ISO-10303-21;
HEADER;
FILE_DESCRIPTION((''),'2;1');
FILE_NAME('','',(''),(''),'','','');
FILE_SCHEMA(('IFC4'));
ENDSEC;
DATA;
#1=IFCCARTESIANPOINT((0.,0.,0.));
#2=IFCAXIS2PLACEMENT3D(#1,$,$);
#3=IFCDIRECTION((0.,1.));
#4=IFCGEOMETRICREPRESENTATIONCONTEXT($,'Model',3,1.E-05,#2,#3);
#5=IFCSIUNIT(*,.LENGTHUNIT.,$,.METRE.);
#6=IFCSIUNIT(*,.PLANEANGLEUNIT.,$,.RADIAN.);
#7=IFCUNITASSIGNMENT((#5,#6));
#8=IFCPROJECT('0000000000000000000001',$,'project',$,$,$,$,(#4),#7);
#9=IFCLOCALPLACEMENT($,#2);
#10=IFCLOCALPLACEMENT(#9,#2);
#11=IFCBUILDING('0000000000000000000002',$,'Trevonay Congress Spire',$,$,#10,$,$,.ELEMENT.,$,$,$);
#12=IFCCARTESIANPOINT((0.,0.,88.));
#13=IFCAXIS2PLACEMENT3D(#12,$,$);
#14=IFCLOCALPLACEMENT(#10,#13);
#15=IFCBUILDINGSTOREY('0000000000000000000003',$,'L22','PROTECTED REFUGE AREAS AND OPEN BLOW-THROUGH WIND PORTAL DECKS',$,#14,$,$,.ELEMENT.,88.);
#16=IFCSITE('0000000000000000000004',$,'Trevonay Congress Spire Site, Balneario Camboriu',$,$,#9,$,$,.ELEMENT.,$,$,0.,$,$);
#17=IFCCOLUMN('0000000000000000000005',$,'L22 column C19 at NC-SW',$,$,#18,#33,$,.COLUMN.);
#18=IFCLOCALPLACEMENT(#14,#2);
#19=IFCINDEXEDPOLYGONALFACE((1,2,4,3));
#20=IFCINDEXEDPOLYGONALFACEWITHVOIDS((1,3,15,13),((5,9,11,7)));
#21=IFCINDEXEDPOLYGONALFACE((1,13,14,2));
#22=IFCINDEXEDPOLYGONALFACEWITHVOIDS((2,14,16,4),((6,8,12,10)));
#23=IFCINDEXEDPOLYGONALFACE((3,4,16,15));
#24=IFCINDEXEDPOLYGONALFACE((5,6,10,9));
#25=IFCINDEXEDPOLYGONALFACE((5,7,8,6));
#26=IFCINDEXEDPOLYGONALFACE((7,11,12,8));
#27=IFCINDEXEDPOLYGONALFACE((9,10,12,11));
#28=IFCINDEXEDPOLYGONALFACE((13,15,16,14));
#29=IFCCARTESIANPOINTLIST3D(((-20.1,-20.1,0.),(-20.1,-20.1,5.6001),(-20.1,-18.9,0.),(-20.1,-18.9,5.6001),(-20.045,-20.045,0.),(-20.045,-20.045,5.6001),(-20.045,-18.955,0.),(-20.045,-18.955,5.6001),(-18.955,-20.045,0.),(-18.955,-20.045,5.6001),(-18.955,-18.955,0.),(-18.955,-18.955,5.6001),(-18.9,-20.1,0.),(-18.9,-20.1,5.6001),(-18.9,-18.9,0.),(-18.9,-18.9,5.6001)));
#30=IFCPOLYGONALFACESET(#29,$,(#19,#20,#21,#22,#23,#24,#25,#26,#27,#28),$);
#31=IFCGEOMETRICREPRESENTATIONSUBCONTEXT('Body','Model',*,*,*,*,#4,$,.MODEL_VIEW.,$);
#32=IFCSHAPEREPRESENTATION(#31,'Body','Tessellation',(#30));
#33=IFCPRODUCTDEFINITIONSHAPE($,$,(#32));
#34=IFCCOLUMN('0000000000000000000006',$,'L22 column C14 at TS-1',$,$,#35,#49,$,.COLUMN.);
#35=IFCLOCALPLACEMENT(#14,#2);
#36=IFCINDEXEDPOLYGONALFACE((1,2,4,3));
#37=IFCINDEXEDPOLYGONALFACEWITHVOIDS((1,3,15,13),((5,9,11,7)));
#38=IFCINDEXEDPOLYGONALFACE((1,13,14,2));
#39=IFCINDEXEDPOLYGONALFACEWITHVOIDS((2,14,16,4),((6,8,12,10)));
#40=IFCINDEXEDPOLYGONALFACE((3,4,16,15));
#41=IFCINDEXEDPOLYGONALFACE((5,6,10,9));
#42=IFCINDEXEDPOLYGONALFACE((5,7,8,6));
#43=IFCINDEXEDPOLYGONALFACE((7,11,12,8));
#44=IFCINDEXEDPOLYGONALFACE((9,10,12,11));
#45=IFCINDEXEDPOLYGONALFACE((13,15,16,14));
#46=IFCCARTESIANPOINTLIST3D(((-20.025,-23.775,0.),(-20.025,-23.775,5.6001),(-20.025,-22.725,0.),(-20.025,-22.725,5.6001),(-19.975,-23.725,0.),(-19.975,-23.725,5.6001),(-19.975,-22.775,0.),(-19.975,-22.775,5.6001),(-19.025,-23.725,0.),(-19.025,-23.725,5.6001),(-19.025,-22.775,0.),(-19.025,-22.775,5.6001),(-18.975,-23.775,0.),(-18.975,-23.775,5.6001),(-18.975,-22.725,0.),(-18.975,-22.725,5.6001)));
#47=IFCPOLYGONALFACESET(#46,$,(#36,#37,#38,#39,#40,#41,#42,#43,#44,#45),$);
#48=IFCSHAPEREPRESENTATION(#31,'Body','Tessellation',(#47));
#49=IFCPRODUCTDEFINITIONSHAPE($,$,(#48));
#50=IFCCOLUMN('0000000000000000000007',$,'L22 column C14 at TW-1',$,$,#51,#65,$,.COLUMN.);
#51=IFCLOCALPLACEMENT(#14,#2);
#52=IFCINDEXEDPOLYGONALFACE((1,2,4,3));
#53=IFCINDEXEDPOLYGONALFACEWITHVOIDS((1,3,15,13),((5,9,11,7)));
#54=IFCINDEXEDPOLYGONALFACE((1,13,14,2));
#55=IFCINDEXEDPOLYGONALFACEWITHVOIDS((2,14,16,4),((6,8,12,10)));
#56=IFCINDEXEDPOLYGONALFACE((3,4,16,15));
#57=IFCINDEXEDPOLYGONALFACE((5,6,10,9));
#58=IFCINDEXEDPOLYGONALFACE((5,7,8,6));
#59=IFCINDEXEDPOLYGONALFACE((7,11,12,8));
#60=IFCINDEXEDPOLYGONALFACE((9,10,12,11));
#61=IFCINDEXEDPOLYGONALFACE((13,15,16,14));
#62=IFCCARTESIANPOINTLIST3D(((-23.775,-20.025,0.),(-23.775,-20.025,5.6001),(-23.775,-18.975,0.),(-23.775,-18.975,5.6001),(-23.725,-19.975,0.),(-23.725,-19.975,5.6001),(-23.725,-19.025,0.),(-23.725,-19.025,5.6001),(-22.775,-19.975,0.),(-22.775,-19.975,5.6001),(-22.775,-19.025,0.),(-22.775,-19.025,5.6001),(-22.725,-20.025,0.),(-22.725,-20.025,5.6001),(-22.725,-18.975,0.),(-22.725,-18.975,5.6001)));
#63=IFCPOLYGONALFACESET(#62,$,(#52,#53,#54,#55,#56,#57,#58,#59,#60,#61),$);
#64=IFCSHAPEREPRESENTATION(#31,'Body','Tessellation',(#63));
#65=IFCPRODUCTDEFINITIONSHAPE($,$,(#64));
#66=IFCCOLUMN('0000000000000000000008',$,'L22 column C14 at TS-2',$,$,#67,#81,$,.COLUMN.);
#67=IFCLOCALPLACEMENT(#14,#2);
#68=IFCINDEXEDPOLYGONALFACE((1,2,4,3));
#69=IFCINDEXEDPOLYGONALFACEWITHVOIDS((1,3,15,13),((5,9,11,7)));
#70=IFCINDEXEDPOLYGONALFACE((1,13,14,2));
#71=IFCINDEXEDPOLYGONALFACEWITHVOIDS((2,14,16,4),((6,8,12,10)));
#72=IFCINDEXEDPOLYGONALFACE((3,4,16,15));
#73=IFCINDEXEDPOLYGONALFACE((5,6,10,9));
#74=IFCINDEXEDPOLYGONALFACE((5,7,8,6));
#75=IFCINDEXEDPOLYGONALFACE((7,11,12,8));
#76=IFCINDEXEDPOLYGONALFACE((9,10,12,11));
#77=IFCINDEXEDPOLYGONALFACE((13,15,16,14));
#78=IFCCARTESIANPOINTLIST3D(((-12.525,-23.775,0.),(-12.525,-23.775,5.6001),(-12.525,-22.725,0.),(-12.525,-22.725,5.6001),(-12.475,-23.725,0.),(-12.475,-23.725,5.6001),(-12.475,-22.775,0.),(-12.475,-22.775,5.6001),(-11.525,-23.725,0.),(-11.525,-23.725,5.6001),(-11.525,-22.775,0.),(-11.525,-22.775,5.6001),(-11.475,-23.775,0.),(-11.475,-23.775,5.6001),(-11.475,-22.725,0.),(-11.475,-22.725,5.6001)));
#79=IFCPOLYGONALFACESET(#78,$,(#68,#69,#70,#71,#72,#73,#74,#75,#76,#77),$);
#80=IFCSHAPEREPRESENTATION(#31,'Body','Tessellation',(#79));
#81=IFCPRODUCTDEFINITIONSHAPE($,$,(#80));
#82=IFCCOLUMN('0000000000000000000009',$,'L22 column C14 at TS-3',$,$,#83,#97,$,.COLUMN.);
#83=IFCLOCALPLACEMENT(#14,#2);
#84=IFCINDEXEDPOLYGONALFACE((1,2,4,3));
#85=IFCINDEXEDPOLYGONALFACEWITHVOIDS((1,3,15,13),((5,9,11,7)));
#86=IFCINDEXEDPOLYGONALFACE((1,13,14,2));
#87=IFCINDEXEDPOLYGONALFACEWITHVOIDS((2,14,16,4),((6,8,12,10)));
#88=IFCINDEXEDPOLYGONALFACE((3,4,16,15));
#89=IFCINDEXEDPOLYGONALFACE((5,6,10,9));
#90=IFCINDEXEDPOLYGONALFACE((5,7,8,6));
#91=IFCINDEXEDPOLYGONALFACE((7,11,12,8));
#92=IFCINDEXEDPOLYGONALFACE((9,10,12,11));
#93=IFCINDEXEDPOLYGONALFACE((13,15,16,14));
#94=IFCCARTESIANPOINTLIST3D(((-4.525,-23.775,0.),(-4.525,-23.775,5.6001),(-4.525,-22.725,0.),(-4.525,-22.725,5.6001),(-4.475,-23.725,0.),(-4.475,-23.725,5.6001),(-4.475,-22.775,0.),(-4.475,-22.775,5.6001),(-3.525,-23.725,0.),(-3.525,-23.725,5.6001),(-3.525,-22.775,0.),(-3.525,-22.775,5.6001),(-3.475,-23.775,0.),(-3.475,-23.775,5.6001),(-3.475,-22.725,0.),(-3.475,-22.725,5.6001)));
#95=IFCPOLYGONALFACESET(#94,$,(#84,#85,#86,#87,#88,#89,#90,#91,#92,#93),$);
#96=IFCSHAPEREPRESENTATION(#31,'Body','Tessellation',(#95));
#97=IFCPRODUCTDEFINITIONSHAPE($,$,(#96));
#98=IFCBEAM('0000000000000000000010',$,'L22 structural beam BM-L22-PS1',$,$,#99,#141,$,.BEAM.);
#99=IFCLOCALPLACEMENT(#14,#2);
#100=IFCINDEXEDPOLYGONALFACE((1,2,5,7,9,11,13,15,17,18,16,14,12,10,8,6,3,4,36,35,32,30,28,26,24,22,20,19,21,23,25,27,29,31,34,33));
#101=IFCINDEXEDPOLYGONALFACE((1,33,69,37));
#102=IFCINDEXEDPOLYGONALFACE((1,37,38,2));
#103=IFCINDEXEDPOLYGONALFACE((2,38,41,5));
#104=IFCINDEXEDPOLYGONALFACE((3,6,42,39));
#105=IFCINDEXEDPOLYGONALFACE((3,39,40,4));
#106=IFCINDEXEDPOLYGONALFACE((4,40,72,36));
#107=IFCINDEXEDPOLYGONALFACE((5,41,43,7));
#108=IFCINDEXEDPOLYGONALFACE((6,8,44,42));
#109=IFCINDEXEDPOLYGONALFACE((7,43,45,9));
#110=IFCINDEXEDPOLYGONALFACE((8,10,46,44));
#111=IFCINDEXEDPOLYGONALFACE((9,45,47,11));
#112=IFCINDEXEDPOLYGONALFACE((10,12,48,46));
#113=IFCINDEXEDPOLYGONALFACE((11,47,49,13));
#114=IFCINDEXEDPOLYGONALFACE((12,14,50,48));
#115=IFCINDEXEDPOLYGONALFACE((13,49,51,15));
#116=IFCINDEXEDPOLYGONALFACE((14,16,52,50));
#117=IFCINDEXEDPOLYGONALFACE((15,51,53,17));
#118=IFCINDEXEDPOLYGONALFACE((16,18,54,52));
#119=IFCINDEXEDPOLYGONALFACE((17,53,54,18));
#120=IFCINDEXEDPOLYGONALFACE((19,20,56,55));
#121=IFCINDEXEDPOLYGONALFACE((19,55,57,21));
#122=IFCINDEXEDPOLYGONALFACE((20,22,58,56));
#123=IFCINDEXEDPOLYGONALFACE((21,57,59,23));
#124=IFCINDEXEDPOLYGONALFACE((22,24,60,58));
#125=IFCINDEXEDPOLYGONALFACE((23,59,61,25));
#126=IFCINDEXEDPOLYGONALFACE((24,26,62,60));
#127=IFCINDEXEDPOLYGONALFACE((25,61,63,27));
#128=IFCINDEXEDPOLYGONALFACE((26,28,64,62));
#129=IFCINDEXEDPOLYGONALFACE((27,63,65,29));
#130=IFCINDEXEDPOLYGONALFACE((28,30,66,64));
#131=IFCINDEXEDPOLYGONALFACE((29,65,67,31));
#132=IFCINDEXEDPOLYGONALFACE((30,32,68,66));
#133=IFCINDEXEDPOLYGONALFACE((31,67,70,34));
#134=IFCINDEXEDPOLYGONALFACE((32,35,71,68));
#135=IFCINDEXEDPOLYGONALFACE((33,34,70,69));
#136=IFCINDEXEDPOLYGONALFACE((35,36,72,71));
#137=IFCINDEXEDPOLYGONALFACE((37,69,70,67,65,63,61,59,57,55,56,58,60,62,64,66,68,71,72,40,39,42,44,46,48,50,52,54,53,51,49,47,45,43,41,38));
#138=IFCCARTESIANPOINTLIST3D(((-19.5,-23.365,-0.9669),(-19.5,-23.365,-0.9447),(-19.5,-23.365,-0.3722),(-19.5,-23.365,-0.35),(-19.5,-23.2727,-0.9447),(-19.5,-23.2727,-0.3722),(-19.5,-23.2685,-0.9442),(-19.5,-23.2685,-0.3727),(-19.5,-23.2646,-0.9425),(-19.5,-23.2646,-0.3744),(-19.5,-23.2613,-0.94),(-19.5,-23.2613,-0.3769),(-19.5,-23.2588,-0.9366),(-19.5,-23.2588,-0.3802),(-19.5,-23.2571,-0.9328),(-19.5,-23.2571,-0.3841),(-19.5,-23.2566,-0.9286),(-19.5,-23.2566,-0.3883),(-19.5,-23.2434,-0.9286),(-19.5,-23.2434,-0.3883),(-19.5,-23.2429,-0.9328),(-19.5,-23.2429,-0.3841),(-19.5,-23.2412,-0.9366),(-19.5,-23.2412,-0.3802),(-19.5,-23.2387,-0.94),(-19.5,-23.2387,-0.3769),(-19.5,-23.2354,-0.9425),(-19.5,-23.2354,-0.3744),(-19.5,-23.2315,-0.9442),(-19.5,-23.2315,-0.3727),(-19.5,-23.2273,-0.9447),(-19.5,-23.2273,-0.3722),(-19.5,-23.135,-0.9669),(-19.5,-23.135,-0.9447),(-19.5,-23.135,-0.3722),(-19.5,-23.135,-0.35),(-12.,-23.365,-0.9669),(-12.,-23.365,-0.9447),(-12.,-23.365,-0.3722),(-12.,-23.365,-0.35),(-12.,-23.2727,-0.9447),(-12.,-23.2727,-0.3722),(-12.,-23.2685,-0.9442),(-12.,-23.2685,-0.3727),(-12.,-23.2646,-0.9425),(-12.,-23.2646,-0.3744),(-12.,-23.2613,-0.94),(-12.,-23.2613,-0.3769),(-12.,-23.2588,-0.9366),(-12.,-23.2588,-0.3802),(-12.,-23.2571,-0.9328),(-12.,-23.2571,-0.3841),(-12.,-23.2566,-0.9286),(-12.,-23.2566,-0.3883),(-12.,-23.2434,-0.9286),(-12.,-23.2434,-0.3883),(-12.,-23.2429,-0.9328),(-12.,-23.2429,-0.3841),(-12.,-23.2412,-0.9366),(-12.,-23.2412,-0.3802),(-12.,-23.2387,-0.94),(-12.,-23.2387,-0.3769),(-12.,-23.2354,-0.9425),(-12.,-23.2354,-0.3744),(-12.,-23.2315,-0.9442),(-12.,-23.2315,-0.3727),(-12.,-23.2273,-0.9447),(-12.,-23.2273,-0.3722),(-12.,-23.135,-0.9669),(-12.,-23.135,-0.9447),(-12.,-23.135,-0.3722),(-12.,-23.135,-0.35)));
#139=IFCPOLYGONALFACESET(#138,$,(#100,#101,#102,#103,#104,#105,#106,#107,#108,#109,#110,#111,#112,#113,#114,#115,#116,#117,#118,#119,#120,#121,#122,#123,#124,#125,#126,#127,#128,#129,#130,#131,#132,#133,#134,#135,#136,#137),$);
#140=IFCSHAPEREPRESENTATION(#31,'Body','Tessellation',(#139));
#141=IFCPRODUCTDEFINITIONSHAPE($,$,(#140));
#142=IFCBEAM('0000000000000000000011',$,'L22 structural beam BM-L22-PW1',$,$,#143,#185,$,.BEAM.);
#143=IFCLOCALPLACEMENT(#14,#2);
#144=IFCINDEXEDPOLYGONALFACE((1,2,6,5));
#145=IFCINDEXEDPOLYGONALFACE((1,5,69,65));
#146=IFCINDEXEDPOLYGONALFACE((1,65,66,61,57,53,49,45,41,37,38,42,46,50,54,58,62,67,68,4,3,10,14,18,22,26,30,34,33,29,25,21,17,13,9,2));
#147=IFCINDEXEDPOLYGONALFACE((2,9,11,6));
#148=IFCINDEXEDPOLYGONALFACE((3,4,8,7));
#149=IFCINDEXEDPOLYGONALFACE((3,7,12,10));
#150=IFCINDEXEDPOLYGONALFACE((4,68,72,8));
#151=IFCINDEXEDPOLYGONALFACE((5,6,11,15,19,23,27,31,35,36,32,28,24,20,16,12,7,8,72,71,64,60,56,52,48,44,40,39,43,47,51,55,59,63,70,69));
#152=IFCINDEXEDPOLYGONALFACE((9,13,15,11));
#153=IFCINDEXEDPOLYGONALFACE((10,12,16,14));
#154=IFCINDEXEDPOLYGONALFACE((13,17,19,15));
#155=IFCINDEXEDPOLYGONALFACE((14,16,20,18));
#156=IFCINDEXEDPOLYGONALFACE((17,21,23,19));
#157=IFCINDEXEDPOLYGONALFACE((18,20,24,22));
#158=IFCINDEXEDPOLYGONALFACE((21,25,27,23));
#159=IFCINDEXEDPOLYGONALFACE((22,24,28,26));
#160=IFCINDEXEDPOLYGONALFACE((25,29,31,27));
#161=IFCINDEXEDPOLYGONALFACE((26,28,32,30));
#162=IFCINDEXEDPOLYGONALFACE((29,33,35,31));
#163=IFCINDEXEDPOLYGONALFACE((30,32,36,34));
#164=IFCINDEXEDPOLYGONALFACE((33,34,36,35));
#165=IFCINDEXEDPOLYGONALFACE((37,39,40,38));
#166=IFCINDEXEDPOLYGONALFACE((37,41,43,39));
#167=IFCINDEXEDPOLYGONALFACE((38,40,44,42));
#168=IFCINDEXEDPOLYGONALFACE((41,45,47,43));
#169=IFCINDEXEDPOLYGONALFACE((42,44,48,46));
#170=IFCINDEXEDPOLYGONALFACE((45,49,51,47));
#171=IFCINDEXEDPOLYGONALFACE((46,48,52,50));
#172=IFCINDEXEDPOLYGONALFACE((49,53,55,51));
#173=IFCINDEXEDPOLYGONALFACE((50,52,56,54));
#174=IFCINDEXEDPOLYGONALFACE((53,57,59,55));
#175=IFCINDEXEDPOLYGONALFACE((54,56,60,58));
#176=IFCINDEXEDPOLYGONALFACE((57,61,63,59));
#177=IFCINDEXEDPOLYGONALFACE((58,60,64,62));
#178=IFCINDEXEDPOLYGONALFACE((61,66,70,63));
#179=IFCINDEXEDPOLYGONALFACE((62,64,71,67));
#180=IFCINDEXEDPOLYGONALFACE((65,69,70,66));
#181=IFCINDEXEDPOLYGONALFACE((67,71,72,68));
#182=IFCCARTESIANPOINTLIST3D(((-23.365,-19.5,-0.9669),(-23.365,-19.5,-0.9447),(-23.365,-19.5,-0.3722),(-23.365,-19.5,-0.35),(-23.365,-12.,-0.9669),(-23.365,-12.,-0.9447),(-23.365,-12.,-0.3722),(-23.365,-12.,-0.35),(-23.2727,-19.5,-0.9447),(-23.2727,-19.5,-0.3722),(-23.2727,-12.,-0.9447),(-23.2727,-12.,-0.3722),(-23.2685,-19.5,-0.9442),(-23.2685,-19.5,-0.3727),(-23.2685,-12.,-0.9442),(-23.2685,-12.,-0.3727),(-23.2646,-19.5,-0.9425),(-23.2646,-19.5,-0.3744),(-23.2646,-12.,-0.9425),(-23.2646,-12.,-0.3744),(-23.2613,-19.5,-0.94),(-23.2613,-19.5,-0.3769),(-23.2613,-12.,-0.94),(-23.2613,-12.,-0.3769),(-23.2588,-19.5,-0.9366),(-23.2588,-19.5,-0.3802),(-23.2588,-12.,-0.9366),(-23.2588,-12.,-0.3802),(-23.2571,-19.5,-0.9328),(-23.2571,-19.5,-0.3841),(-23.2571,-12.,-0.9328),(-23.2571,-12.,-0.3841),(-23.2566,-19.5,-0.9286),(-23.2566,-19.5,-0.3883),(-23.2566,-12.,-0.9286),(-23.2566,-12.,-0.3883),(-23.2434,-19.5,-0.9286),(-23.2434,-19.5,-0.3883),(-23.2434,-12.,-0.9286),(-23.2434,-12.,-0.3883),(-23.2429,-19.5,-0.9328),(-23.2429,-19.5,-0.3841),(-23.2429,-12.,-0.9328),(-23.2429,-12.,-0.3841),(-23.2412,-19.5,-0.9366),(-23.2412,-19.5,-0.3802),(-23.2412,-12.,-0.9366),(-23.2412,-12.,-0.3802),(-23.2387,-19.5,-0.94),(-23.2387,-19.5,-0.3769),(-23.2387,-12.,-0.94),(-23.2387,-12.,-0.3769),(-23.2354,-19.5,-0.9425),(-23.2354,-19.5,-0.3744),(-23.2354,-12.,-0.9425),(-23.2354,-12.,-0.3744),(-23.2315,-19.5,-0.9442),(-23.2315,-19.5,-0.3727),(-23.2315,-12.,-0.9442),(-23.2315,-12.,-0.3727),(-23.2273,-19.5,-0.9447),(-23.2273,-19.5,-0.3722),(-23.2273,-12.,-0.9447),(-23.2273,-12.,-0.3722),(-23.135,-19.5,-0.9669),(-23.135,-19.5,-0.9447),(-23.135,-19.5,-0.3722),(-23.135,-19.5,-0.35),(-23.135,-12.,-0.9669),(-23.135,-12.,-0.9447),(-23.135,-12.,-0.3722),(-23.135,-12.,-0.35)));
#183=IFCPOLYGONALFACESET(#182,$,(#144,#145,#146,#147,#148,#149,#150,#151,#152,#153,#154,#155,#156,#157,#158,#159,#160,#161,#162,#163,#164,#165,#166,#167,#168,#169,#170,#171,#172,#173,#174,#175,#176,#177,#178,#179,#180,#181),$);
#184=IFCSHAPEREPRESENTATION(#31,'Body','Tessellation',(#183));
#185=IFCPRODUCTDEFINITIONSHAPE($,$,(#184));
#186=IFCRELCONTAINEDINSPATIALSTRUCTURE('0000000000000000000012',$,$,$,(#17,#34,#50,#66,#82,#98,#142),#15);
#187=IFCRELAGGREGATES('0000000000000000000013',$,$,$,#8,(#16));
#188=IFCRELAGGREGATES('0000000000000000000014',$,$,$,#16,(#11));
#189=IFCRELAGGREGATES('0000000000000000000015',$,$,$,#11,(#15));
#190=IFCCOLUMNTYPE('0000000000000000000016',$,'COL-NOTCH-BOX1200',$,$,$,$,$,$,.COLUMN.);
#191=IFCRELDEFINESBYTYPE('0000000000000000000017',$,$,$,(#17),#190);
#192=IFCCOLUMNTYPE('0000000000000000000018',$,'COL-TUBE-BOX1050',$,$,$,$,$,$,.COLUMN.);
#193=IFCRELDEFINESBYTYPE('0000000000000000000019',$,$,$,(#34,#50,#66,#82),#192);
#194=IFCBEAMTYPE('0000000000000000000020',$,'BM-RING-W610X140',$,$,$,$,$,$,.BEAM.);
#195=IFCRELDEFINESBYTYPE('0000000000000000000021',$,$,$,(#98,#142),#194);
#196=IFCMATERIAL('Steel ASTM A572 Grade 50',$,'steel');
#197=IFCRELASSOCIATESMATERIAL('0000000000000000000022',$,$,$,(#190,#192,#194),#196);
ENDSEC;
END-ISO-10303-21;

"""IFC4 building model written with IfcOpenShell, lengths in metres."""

from ifc_helpers import new_model, si_unit, direction, frame, origin, origin_2d, place, context, subcontext, project, spatial, hollow_rectangle, i_section, extrude, material, material_profile, profile_set, type_object, element, save


model = new_model("IFC4")

# Units and contexts
model_context = context("Model", 3, precision=1e-05, world=origin(), true_north=direction((0.0, 1.0)))
body_context = subcontext(model_context, "Body", "Model", "MODEL_VIEW")
ifc_project = project(units=[si_unit("LENGTHUNIT", "METRE"), si_unit("PLANEANGLEUNIT", "RADIAN")], contexts=[model_context])

# Site, building, storey
site_placement = place(None, origin())
site = spatial("IfcSite", under=ifc_project, at=site_placement, Name="Trevonay Congress Spire Site, Balneario Camboriu", CompositionType="ELEMENT", RefElevation=0.0)
building_placement = place(site_placement, origin())
building = spatial("IfcBuilding", under=site, at=building_placement, Name="Trevonay Congress Spire", CompositionType="ELEMENT")
storey_placement = place(building_placement, frame((0.0, 0.0, 88.0)))
storey = spatial("IfcBuildingStorey", under=building, at=storey_placement, Name="L22", Description="PROTECTED REFUGE AREAS AND OPEN BLOW-THROUGH WIND PORTAL DECKS", CompositionType="ELEMENT", Elevation=88.0)

# Columns
ifc_material_1 = material(Name="Steel ASTM A572 Grade 50", Category="steel")
ifc_material_profile_1 = material_profile(ifc_material_1, hollow_rectangle(XDim=1.2, YDim=1.2, WallThickness=0.0549, at=origin_2d()), Name="BOX 1200x1200x55")
ifc_profile_set_1 = profile_set([ifc_material_profile_1], Name="Steel ASTM A572 Grade 50")
column_type_1 = type_object("IfcColumnType", Name="COL-NOTCH-BOX1200", PredefinedType="COLUMN", material=ifc_profile_set_1)
column_placement = place(storey_placement, frame((-19.5, -19.5, 0.0), z_axis=(0.0, 0.0, 1.0), x_axis=(1.0, 0.0, 0.0)))
element("IfcColumn", 1, at=column_placement, inside=storey, type_object=column_type_1, Name="L22 column C19 at NC-SW", PredefinedType="COLUMN", context=body_context, shape_type="SweptSolid", body=[
    extrude(hollow_rectangle(XDim=1.2, YDim=1.2, WallThickness=0.0549, at=origin_2d()), origin(), (0.0, 0.0, 1.0), 5.6001),
])
ifc_material_profile_2 = material_profile(ifc_material_1, hollow_rectangle(XDim=1.05, YDim=1.05, WallThickness=0.05, at=origin_2d()), Name="BOX 1050x1050x50")
ifc_profile_set_2 = profile_set([ifc_material_profile_2], Name="Steel ASTM A572 Grade 50")
column_type_2 = type_object("IfcColumnType", Name="COL-TUBE-BOX1050", PredefinedType="COLUMN", material=ifc_profile_set_2)
for number, where, z_axis, x_axis, name in (
    (2, (-19.5, -23.25, 0.0), (0.0, 0.0, 1.0), (1.0, 0.0, 0.0), "L22 column C14 at TS-1"),
    (3, (-23.25, -19.5, 0.0), (0.0, 0.0, 1.0), (1.0, 0.0, 0.0), "L22 column C14 at TW-1"),
    (4, (-12.0, -23.25, 0.0), (0.0, 0.0, 1.0), (1.0, 0.0, 0.0), "L22 column C14 at TS-2"),
    (5, (-4.0, -23.25, 0.0), (0.0, 0.0, 1.0), (1.0, 0.0, 0.0), "L22 column C14 at TS-3"),
):
    element("IfcColumn", number, at=place(storey_placement, frame(where, z_axis=z_axis, x_axis=x_axis)), inside=storey, type_object=column_type_2, Name=name, PredefinedType="COLUMN", context=body_context, shape_type="SweptSolid", body=[
        extrude(hollow_rectangle(XDim=1.05, YDim=1.05, WallThickness=0.05, at=origin_2d()), origin(), (0.0, 0.0, 1.0), 5.6001),
    ])

# Beams
ifc_material_profile_3 = material_profile(ifc_material_1, i_section(OverallWidth=0.23, OverallDepth=0.6169, WebThickness=0.0132, FlangeThickness=0.0222, FilletRadius=0.0161, at=origin_2d()), Name="W610x140")
ifc_profile_set_3 = profile_set([ifc_material_profile_3], Name="Steel ASTM A572 Grade 50")
beam_type_1 = type_object("IfcBeamType", Name="BM-RING-W610X140", PredefinedType="BEAM", material=ifc_profile_set_3)
for number, where, z_axis, x_axis, name in (
    (6, (-19.5, -23.25, -0.6584), (1.0, 0.0, 0.0), (0.0, 1.0, 0.0), "L22 structural beam BM-L22-PS1"),
    (7, (-23.25, -19.5, -0.6584), (0.0, 1.0, 0.0), (-1.0, 0.0, 0.0), "L22 structural beam BM-L22-PW1"),
):
    element("IfcBeam", number, at=place(storey_placement, frame(where, z_axis=z_axis, x_axis=x_axis)), inside=storey, type_object=beam_type_1, Name=name, PredefinedType="BEAM", context=body_context, shape_type="SweptSolid", body=[
        extrude(i_section(OverallWidth=0.23, OverallDepth=0.6169, WebThickness=0.0132, FlangeThickness=0.0222, FilletRadius=0.0161, at=origin_2d()), origin(), (0.0, 0.0, 1.0), 7.5),
    ])

save(model, "model.ifc")
